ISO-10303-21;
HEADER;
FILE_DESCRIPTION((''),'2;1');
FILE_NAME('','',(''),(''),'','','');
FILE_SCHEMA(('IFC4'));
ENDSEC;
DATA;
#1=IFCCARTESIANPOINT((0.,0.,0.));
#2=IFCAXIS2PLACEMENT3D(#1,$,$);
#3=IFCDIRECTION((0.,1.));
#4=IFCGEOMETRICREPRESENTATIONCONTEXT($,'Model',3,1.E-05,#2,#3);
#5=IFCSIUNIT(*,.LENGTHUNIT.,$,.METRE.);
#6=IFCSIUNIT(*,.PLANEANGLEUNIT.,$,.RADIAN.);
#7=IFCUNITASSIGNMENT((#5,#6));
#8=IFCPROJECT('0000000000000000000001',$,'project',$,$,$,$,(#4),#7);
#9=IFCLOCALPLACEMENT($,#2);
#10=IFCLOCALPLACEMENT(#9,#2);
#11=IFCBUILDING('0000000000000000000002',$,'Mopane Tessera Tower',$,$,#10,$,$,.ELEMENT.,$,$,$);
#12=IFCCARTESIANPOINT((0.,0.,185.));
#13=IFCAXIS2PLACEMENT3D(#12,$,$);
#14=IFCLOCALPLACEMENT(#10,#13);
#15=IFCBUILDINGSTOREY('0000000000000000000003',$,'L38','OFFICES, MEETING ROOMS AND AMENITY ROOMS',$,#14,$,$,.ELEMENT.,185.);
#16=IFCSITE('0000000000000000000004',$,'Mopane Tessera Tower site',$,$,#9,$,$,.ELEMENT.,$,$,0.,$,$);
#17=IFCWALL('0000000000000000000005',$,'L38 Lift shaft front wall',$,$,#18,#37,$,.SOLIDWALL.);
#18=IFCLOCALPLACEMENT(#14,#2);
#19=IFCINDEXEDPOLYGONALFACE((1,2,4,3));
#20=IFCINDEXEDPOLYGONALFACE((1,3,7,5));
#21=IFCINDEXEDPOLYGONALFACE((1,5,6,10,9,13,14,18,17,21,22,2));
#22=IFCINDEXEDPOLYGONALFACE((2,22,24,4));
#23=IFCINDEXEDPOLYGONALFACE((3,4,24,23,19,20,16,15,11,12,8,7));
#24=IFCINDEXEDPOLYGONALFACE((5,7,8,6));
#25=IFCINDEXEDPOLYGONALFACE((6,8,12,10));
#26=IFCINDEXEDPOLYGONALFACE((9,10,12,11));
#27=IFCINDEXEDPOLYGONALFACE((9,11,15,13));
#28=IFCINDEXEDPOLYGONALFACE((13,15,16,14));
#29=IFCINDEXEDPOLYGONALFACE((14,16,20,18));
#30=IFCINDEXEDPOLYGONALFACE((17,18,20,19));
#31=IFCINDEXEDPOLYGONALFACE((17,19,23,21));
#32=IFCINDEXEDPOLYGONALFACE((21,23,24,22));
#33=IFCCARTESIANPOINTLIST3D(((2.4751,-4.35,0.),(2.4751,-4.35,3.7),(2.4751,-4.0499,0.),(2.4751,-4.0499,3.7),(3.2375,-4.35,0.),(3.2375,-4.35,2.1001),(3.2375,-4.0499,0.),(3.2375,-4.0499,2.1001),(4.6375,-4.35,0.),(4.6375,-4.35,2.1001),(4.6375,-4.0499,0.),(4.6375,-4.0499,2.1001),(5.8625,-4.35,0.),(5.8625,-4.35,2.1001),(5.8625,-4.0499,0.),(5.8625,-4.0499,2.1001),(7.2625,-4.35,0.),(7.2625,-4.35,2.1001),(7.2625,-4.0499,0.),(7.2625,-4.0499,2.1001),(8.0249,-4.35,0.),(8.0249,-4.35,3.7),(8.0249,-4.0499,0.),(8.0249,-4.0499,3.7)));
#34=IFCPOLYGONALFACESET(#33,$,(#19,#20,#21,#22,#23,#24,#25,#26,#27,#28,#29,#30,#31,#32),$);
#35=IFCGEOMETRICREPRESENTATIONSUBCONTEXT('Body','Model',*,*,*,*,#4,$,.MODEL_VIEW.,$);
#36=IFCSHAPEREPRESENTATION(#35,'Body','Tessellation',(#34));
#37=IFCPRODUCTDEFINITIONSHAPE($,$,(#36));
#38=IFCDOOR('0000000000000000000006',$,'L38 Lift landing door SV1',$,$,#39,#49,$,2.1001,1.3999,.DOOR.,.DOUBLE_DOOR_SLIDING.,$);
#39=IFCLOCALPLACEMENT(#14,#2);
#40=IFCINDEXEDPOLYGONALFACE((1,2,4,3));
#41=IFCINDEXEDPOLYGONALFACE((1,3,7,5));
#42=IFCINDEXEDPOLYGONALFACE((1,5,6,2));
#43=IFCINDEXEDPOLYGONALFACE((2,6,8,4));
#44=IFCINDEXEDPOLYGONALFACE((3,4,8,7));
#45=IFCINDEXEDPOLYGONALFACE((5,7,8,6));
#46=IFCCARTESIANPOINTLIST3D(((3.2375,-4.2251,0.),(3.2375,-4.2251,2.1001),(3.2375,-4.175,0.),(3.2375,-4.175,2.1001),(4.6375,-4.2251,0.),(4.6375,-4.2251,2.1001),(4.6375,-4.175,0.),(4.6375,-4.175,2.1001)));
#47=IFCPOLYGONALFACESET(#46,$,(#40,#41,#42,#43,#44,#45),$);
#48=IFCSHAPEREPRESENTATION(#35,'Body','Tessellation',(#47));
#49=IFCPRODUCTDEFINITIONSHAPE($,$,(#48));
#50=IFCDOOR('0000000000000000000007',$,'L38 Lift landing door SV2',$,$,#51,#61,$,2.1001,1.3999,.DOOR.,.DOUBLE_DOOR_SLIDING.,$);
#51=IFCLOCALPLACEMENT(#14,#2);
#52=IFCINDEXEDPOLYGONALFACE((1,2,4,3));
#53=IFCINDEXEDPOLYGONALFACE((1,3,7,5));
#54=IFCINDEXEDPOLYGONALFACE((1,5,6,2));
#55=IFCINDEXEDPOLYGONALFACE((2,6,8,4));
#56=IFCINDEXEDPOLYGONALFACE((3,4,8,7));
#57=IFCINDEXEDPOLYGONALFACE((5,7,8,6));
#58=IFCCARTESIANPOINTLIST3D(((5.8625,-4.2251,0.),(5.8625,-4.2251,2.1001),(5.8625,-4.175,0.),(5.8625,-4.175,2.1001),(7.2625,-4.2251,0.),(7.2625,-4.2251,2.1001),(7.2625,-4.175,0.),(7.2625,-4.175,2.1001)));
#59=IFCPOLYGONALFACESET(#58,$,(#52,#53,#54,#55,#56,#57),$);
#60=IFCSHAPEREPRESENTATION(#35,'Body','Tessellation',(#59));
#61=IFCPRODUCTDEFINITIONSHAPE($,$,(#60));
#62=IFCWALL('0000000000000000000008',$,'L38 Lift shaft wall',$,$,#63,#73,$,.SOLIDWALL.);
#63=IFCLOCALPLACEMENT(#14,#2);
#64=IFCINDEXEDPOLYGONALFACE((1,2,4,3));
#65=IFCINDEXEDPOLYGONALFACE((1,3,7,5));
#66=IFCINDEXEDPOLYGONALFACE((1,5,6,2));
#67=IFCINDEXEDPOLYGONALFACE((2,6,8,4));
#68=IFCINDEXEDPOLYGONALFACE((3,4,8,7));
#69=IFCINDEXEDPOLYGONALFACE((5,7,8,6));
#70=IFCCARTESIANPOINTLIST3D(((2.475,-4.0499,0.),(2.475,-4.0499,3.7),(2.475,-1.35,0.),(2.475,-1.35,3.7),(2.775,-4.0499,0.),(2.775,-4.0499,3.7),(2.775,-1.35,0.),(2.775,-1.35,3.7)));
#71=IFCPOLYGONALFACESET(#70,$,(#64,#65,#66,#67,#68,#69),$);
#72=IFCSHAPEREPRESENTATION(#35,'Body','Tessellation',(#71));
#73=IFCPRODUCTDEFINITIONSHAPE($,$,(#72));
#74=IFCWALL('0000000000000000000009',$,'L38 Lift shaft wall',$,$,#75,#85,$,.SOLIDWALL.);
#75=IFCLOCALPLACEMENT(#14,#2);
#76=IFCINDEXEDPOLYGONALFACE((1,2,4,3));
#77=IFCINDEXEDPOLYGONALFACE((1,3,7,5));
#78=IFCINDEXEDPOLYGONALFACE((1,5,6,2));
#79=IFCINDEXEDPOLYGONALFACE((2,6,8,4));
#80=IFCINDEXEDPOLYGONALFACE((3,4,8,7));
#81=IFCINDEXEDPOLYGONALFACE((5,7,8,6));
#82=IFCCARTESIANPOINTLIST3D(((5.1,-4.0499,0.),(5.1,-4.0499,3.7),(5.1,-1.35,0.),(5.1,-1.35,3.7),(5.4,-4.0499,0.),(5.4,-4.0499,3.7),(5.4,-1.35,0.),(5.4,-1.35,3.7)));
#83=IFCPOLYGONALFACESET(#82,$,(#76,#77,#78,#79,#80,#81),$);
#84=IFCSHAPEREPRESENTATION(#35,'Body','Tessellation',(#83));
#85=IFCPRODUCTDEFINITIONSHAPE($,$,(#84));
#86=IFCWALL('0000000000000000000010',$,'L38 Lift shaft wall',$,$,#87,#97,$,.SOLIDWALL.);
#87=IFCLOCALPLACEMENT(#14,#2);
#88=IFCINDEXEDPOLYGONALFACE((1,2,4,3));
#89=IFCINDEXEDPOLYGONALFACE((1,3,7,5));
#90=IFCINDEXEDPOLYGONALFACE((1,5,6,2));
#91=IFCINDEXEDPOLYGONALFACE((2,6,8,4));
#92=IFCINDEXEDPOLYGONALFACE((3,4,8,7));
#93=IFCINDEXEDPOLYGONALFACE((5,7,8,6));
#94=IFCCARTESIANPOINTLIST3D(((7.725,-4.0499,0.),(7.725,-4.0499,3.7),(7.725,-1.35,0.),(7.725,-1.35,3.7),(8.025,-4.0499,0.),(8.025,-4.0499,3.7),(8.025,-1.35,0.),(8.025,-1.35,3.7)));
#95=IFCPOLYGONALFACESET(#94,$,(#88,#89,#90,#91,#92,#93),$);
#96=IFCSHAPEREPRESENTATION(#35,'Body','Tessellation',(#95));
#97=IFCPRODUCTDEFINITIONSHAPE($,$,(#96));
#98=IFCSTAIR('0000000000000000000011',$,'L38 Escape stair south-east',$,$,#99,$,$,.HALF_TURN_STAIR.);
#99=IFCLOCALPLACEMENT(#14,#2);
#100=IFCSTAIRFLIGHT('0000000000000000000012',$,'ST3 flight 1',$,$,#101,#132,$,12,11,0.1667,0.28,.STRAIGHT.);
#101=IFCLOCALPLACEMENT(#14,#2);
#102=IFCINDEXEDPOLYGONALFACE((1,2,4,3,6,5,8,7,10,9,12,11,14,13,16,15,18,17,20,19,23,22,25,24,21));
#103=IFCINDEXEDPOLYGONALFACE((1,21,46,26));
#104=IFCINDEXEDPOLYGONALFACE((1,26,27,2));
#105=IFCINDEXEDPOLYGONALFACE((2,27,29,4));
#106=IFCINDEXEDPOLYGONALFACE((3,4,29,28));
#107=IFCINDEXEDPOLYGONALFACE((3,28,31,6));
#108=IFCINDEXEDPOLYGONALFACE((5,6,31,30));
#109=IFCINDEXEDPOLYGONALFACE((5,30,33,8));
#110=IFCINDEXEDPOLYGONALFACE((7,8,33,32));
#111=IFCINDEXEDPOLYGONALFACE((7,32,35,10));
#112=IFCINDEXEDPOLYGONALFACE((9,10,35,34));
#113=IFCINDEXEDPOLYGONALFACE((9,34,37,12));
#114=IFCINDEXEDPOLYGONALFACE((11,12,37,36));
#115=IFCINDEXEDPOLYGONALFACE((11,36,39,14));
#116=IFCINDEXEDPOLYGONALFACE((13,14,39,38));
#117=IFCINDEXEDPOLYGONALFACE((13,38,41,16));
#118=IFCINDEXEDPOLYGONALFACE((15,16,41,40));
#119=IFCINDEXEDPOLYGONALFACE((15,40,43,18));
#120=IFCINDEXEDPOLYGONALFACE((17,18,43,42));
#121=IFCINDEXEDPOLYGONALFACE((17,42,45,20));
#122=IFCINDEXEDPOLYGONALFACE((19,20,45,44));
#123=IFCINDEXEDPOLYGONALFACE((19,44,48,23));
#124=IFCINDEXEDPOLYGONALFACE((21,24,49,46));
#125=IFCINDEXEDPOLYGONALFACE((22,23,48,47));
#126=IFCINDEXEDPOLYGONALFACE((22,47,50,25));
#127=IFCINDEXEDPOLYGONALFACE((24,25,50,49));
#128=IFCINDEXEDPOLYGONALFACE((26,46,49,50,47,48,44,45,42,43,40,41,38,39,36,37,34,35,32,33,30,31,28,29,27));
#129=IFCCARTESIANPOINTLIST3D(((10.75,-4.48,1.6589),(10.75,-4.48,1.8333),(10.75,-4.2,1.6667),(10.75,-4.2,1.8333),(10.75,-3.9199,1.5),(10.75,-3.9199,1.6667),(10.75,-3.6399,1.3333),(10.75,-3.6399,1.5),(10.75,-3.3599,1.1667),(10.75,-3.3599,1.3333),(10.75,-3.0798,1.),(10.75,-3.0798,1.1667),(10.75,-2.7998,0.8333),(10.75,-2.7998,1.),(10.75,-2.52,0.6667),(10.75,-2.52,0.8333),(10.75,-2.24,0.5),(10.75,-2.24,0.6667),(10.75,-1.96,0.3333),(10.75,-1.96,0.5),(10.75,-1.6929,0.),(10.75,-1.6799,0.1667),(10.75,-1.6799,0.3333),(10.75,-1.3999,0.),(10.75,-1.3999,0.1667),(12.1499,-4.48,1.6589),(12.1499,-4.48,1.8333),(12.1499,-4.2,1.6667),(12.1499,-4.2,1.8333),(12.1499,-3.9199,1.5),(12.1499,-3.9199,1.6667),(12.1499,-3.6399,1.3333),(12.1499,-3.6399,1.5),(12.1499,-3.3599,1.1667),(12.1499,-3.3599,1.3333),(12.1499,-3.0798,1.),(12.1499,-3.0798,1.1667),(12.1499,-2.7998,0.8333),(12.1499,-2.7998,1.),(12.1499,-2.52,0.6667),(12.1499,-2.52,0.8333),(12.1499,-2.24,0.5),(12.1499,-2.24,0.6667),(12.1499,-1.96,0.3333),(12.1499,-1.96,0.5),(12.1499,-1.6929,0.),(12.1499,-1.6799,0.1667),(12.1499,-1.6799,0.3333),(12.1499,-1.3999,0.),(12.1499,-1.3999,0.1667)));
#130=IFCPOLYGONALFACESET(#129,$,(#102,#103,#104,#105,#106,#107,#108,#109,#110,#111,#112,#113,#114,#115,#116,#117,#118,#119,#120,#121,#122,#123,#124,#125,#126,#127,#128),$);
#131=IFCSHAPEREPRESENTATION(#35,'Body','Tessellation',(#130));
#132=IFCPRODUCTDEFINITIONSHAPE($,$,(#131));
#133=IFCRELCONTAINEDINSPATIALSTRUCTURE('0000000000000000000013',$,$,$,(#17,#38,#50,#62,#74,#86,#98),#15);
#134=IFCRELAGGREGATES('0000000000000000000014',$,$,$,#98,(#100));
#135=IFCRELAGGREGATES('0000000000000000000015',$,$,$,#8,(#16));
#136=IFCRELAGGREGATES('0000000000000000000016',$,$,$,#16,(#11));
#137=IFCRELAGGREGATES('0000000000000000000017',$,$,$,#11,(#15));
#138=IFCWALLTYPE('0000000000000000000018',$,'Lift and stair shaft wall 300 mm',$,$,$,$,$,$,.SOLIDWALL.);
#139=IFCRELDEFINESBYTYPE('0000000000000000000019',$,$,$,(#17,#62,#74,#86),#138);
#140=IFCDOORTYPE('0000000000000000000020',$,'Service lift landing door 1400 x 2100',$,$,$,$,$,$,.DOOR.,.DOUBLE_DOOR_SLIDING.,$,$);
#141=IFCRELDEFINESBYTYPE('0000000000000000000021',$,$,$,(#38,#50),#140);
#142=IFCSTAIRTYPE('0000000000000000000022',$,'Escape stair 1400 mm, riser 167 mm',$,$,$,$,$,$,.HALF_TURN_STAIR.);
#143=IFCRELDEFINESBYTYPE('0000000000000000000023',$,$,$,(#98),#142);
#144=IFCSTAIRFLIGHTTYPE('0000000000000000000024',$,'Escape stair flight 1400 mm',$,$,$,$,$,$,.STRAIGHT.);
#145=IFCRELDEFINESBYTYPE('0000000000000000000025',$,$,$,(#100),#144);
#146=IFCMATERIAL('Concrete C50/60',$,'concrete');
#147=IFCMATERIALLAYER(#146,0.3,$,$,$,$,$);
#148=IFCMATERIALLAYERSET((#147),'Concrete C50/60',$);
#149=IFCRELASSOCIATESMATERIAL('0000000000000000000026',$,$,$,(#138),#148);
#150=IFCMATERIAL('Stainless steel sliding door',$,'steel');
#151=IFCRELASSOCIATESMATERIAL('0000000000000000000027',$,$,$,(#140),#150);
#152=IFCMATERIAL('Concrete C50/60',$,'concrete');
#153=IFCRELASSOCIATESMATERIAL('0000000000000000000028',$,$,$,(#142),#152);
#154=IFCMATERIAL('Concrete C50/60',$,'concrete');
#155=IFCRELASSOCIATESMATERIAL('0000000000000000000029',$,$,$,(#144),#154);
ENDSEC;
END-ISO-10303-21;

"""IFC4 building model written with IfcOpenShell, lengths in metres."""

from ifc_helpers import new_model, si_unit, direction, frame, frame_2d, origin, place, context, subcontext, project, spatial, polyline, rectangle, outline, extrude, material, layer, layer_set, type_object, element, fill, aggregate, save


model = new_model("IFC4")

# Units and contexts
model_context = context("Model", 3, precision=1e-05, world=origin(), true_north=direction((0.0, 1.0)))
body_context = subcontext(model_context, "Body", "Model", "MODEL_VIEW")
ifc_project = project(units=[si_unit("LENGTHUNIT", "METRE"), si_unit("PLANEANGLEUNIT", "RADIAN")], contexts=[model_context])

# Site, building, storey
site_placement = place(None, origin())
site = spatial("IfcSite", under=ifc_project, at=site_placement, Name="Mopane Tessera Tower site", CompositionType="ELEMENT", RefElevation=0.0)
building_placement = place(site_placement, origin())
building = spatial("IfcBuilding", under=site, at=building_placement, Name="Mopane Tessera Tower", CompositionType="ELEMENT")
storey_placement = place(building_placement, frame((0.0, 0.0, 185.0)))
storey = spatial("IfcBuildingStorey", under=building, at=storey_placement, Name="L38", Description="OFFICES, MEETING ROOMS AND AMENITY ROOMS", CompositionType="ELEMENT", Elevation=185.0)

# Shared definitions
ifc_material_1 = material(Name="Concrete C50/60", Category="concrete")
ifc_layer_1 = layer(ifc_material_1, 0.3)
ifc_layer_set_1 = layer_set([ifc_layer_1], Name="Concrete C50/60")
wall_type_1 = type_object("IfcWallType", Name="Lift and stair shaft wall 300 mm", PredefinedType="SOLIDWALL", material=ifc_layer_set_1)

# Wall, openings, doors
wall_1_placement = place(storey_placement, frame((2.4751, -4.2, 0.0), z_axis=(0.0, 0.0, 1.0), x_axis=(1.0, 0.0, 0.0)))
wall_1 = element("IfcWall", 1, at=wall_1_placement, inside=storey, type_object=wall_type_1, Name="L38 Lift shaft front wall", PredefinedType="SOLIDWALL", context=body_context, shape_type="SweptSolid", body=[
    extrude(rectangle(XDim=5.5498, YDim=0.3, at=frame_2d((2.7749, 0.0))), origin(), (0.0, 0.0, 1.0), 3.7),
])
opening_1_placement = place(wall_1_placement, frame((0.7625, 0.0, 0.0)))
opening_1 = element("IfcOpeningElement", 2, at=opening_1_placement, cuts=wall_1, PredefinedType="OPENING", context=body_context, shape_type="SweptSolid", body=[
    extrude(rectangle(XDim=1.3999, YDim=2.1001, at=frame_2d((0.7, 1.05))), frame((0.0, 0.1621, 0.0), z_axis=(0.0, -1.0, 0.0), x_axis=(1.0, 0.0, 0.0)), (0.0, 0.0, 1.0), 0.324),
])
opening_2_placement = place(wall_1_placement, frame((3.3875, 0.0, 0.0)))
opening_2 = element("IfcOpeningElement", 3, at=opening_2_placement, cuts=wall_1, PredefinedType="OPENING", context=body_context, shape_type="SweptSolid", body=[
    extrude(rectangle(XDim=1.3999, YDim=2.1001, at=frame_2d((0.7, 1.05))), frame((0.0, 0.1621, 0.0), z_axis=(0.0, -1.0, 0.0), x_axis=(1.0, 0.0, 0.0)), (0.0, 0.0, 1.0), 0.324),
])
ifc_material_2 = material(Name="Stainless steel sliding door", Category="steel")
door_type = type_object("IfcDoorType", Name="Service lift landing door 1400 x 2100", OperationType="DOUBLE_DOOR_SLIDING", PredefinedType="DOOR", material=ifc_material_2)
door_1_placement = place(opening_1_placement, origin())
door_1 = element("IfcDoor", 4, at=door_1_placement, inside=storey, type_object=door_type, Name="L38 Lift landing door SV1", OperationType="DOUBLE_DOOR_SLIDING", OverallHeight=2.1001, OverallWidth=1.3999, PredefinedType="DOOR", context=body_context, shape_type="SweptSolid", body=[
    extrude(rectangle(XDim=1.3999, YDim=2.1001, at=frame_2d((0.7, 1.05))), frame((0.0, 0.0249, 0.0), z_axis=(0.0, -1.0, 0.0), x_axis=(1.0, 0.0, 0.0)), (0.0, 0.0, 1.0), 0.05),
])
fill(opening_1, door_1)
door_2_placement = place(opening_2_placement, origin())
door_2 = element("IfcDoor", 5, at=door_2_placement, inside=storey, type_object=door_type, Name="L38 Lift landing door SV2", OperationType="DOUBLE_DOOR_SLIDING", OverallHeight=2.1001, OverallWidth=1.3999, PredefinedType="DOOR", context=body_context, shape_type="SweptSolid", body=[
    extrude(rectangle(XDim=1.3999, YDim=2.1001, at=frame_2d((0.7, 1.05))), frame((0.0, 0.0249, 0.0), z_axis=(0.0, -1.0, 0.0), x_axis=(1.0, 0.0, 0.0)), (0.0, 0.0, 1.0), 0.05),
])
fill(opening_2, door_2)

# Walls
for number, where, z_axis, x_axis, name in (
    (6, (2.625, -4.05, 0.0), (0.0, 0.0, 1.0), (0.0, 1.0, 0.0), "L38 Lift shaft wall"),
    (7, (5.25, -4.05, 0.0), (0.0, 0.0, 1.0), (0.0, 1.0, 0.0), "L38 Lift shaft wall"),
    (8, (7.875, -4.05, 0.0), (0.0, 0.0, 1.0), (0.0, 1.0, 0.0), "L38 Lift shaft wall"),
):
    element("IfcWall", number, at=place(storey_placement, frame(where, z_axis=z_axis, x_axis=x_axis)), inside=storey, type_object=wall_type_1, Name=name, PredefinedType="SOLIDWALL", context=body_context, shape_type="SweptSolid", body=[
        extrude(rectangle(XDim=2.7, YDim=0.3, at=frame_2d((1.3501, 0.0))), origin(), (0.0, 0.0, 1.0), 3.7),
    ])

# Stair, stair flight
ifc_material_3 = material(Name="Concrete C50/60", Category="concrete")
stair_type = type_object("IfcStairType", Name="Escape stair 1400 mm, riser 167 mm", PredefinedType="HALF_TURN_STAIR", material=ifc_material_3)
stair_placement = place(storey_placement, origin())
stair = element("IfcStair", 9, at=stair_placement, inside=storey, type_object=stair_type, Name="L38 Escape stair south-east", PredefinedType="HALF_TURN_STAIR")
ifc_material_4 = material(Name="Concrete C50/60", Category="concrete")
stair_flight_type = type_object("IfcStairFlightType", Name="Escape stair flight 1400 mm", PredefinedType="STRAIGHT", material=ifc_material_4)
stair_flight_placement = place(storey_placement, frame((11.45, -1.3999, 0.0), z_axis=(0.0, 0.0, 1.0), x_axis=(0.0, -1.0, 0.0)))
stair_flight = element("IfcStairFlight", 10, at=stair_flight_placement, type_object=stair_flight_type, Name="ST3 flight 1", NumberOfRisers=12, NumberOfTreads=11, PredefinedType="STRAIGHT", RiserHeight=0.1667, TreadLength=0.28, context=body_context, shape_type="SweptSolid", body=[
    extrude(outline(polyline([(0.0, 0.0), (0.0, 0.1667), (0.28, 0.1667), (0.28, 0.3333), (0.5601, 0.3333), (0.5601, 0.5), (0.8401, 0.5), (0.8401, 0.6667), (1.1201, 0.6667), (1.1201, 0.8333), (1.3999, 0.8333), (1.3999, 1.0), (1.6799, 1.0), (1.6799, 1.1667), (1.96, 1.1667), (1.96, 1.3333), (2.24, 1.3333), (2.24, 1.5), (2.52, 1.5), (2.52, 1.6667), (2.8, 1.6667), (2.8, 1.8333), (3.0801, 1.8333), (3.0801, 2.0), (3.0801, 1.6589), (0.293, 0.0), (0.0, 0.0)])), frame((0.0, 0.7, 0.0), z_axis=(0.0, -1.0, 0.0), x_axis=(1.0, 0.0, 0.0)), (0.0, 0.0, 1.0), 1.3999),
])
aggregate(stair, [stair_flight])

save(model, "model.ifc")
